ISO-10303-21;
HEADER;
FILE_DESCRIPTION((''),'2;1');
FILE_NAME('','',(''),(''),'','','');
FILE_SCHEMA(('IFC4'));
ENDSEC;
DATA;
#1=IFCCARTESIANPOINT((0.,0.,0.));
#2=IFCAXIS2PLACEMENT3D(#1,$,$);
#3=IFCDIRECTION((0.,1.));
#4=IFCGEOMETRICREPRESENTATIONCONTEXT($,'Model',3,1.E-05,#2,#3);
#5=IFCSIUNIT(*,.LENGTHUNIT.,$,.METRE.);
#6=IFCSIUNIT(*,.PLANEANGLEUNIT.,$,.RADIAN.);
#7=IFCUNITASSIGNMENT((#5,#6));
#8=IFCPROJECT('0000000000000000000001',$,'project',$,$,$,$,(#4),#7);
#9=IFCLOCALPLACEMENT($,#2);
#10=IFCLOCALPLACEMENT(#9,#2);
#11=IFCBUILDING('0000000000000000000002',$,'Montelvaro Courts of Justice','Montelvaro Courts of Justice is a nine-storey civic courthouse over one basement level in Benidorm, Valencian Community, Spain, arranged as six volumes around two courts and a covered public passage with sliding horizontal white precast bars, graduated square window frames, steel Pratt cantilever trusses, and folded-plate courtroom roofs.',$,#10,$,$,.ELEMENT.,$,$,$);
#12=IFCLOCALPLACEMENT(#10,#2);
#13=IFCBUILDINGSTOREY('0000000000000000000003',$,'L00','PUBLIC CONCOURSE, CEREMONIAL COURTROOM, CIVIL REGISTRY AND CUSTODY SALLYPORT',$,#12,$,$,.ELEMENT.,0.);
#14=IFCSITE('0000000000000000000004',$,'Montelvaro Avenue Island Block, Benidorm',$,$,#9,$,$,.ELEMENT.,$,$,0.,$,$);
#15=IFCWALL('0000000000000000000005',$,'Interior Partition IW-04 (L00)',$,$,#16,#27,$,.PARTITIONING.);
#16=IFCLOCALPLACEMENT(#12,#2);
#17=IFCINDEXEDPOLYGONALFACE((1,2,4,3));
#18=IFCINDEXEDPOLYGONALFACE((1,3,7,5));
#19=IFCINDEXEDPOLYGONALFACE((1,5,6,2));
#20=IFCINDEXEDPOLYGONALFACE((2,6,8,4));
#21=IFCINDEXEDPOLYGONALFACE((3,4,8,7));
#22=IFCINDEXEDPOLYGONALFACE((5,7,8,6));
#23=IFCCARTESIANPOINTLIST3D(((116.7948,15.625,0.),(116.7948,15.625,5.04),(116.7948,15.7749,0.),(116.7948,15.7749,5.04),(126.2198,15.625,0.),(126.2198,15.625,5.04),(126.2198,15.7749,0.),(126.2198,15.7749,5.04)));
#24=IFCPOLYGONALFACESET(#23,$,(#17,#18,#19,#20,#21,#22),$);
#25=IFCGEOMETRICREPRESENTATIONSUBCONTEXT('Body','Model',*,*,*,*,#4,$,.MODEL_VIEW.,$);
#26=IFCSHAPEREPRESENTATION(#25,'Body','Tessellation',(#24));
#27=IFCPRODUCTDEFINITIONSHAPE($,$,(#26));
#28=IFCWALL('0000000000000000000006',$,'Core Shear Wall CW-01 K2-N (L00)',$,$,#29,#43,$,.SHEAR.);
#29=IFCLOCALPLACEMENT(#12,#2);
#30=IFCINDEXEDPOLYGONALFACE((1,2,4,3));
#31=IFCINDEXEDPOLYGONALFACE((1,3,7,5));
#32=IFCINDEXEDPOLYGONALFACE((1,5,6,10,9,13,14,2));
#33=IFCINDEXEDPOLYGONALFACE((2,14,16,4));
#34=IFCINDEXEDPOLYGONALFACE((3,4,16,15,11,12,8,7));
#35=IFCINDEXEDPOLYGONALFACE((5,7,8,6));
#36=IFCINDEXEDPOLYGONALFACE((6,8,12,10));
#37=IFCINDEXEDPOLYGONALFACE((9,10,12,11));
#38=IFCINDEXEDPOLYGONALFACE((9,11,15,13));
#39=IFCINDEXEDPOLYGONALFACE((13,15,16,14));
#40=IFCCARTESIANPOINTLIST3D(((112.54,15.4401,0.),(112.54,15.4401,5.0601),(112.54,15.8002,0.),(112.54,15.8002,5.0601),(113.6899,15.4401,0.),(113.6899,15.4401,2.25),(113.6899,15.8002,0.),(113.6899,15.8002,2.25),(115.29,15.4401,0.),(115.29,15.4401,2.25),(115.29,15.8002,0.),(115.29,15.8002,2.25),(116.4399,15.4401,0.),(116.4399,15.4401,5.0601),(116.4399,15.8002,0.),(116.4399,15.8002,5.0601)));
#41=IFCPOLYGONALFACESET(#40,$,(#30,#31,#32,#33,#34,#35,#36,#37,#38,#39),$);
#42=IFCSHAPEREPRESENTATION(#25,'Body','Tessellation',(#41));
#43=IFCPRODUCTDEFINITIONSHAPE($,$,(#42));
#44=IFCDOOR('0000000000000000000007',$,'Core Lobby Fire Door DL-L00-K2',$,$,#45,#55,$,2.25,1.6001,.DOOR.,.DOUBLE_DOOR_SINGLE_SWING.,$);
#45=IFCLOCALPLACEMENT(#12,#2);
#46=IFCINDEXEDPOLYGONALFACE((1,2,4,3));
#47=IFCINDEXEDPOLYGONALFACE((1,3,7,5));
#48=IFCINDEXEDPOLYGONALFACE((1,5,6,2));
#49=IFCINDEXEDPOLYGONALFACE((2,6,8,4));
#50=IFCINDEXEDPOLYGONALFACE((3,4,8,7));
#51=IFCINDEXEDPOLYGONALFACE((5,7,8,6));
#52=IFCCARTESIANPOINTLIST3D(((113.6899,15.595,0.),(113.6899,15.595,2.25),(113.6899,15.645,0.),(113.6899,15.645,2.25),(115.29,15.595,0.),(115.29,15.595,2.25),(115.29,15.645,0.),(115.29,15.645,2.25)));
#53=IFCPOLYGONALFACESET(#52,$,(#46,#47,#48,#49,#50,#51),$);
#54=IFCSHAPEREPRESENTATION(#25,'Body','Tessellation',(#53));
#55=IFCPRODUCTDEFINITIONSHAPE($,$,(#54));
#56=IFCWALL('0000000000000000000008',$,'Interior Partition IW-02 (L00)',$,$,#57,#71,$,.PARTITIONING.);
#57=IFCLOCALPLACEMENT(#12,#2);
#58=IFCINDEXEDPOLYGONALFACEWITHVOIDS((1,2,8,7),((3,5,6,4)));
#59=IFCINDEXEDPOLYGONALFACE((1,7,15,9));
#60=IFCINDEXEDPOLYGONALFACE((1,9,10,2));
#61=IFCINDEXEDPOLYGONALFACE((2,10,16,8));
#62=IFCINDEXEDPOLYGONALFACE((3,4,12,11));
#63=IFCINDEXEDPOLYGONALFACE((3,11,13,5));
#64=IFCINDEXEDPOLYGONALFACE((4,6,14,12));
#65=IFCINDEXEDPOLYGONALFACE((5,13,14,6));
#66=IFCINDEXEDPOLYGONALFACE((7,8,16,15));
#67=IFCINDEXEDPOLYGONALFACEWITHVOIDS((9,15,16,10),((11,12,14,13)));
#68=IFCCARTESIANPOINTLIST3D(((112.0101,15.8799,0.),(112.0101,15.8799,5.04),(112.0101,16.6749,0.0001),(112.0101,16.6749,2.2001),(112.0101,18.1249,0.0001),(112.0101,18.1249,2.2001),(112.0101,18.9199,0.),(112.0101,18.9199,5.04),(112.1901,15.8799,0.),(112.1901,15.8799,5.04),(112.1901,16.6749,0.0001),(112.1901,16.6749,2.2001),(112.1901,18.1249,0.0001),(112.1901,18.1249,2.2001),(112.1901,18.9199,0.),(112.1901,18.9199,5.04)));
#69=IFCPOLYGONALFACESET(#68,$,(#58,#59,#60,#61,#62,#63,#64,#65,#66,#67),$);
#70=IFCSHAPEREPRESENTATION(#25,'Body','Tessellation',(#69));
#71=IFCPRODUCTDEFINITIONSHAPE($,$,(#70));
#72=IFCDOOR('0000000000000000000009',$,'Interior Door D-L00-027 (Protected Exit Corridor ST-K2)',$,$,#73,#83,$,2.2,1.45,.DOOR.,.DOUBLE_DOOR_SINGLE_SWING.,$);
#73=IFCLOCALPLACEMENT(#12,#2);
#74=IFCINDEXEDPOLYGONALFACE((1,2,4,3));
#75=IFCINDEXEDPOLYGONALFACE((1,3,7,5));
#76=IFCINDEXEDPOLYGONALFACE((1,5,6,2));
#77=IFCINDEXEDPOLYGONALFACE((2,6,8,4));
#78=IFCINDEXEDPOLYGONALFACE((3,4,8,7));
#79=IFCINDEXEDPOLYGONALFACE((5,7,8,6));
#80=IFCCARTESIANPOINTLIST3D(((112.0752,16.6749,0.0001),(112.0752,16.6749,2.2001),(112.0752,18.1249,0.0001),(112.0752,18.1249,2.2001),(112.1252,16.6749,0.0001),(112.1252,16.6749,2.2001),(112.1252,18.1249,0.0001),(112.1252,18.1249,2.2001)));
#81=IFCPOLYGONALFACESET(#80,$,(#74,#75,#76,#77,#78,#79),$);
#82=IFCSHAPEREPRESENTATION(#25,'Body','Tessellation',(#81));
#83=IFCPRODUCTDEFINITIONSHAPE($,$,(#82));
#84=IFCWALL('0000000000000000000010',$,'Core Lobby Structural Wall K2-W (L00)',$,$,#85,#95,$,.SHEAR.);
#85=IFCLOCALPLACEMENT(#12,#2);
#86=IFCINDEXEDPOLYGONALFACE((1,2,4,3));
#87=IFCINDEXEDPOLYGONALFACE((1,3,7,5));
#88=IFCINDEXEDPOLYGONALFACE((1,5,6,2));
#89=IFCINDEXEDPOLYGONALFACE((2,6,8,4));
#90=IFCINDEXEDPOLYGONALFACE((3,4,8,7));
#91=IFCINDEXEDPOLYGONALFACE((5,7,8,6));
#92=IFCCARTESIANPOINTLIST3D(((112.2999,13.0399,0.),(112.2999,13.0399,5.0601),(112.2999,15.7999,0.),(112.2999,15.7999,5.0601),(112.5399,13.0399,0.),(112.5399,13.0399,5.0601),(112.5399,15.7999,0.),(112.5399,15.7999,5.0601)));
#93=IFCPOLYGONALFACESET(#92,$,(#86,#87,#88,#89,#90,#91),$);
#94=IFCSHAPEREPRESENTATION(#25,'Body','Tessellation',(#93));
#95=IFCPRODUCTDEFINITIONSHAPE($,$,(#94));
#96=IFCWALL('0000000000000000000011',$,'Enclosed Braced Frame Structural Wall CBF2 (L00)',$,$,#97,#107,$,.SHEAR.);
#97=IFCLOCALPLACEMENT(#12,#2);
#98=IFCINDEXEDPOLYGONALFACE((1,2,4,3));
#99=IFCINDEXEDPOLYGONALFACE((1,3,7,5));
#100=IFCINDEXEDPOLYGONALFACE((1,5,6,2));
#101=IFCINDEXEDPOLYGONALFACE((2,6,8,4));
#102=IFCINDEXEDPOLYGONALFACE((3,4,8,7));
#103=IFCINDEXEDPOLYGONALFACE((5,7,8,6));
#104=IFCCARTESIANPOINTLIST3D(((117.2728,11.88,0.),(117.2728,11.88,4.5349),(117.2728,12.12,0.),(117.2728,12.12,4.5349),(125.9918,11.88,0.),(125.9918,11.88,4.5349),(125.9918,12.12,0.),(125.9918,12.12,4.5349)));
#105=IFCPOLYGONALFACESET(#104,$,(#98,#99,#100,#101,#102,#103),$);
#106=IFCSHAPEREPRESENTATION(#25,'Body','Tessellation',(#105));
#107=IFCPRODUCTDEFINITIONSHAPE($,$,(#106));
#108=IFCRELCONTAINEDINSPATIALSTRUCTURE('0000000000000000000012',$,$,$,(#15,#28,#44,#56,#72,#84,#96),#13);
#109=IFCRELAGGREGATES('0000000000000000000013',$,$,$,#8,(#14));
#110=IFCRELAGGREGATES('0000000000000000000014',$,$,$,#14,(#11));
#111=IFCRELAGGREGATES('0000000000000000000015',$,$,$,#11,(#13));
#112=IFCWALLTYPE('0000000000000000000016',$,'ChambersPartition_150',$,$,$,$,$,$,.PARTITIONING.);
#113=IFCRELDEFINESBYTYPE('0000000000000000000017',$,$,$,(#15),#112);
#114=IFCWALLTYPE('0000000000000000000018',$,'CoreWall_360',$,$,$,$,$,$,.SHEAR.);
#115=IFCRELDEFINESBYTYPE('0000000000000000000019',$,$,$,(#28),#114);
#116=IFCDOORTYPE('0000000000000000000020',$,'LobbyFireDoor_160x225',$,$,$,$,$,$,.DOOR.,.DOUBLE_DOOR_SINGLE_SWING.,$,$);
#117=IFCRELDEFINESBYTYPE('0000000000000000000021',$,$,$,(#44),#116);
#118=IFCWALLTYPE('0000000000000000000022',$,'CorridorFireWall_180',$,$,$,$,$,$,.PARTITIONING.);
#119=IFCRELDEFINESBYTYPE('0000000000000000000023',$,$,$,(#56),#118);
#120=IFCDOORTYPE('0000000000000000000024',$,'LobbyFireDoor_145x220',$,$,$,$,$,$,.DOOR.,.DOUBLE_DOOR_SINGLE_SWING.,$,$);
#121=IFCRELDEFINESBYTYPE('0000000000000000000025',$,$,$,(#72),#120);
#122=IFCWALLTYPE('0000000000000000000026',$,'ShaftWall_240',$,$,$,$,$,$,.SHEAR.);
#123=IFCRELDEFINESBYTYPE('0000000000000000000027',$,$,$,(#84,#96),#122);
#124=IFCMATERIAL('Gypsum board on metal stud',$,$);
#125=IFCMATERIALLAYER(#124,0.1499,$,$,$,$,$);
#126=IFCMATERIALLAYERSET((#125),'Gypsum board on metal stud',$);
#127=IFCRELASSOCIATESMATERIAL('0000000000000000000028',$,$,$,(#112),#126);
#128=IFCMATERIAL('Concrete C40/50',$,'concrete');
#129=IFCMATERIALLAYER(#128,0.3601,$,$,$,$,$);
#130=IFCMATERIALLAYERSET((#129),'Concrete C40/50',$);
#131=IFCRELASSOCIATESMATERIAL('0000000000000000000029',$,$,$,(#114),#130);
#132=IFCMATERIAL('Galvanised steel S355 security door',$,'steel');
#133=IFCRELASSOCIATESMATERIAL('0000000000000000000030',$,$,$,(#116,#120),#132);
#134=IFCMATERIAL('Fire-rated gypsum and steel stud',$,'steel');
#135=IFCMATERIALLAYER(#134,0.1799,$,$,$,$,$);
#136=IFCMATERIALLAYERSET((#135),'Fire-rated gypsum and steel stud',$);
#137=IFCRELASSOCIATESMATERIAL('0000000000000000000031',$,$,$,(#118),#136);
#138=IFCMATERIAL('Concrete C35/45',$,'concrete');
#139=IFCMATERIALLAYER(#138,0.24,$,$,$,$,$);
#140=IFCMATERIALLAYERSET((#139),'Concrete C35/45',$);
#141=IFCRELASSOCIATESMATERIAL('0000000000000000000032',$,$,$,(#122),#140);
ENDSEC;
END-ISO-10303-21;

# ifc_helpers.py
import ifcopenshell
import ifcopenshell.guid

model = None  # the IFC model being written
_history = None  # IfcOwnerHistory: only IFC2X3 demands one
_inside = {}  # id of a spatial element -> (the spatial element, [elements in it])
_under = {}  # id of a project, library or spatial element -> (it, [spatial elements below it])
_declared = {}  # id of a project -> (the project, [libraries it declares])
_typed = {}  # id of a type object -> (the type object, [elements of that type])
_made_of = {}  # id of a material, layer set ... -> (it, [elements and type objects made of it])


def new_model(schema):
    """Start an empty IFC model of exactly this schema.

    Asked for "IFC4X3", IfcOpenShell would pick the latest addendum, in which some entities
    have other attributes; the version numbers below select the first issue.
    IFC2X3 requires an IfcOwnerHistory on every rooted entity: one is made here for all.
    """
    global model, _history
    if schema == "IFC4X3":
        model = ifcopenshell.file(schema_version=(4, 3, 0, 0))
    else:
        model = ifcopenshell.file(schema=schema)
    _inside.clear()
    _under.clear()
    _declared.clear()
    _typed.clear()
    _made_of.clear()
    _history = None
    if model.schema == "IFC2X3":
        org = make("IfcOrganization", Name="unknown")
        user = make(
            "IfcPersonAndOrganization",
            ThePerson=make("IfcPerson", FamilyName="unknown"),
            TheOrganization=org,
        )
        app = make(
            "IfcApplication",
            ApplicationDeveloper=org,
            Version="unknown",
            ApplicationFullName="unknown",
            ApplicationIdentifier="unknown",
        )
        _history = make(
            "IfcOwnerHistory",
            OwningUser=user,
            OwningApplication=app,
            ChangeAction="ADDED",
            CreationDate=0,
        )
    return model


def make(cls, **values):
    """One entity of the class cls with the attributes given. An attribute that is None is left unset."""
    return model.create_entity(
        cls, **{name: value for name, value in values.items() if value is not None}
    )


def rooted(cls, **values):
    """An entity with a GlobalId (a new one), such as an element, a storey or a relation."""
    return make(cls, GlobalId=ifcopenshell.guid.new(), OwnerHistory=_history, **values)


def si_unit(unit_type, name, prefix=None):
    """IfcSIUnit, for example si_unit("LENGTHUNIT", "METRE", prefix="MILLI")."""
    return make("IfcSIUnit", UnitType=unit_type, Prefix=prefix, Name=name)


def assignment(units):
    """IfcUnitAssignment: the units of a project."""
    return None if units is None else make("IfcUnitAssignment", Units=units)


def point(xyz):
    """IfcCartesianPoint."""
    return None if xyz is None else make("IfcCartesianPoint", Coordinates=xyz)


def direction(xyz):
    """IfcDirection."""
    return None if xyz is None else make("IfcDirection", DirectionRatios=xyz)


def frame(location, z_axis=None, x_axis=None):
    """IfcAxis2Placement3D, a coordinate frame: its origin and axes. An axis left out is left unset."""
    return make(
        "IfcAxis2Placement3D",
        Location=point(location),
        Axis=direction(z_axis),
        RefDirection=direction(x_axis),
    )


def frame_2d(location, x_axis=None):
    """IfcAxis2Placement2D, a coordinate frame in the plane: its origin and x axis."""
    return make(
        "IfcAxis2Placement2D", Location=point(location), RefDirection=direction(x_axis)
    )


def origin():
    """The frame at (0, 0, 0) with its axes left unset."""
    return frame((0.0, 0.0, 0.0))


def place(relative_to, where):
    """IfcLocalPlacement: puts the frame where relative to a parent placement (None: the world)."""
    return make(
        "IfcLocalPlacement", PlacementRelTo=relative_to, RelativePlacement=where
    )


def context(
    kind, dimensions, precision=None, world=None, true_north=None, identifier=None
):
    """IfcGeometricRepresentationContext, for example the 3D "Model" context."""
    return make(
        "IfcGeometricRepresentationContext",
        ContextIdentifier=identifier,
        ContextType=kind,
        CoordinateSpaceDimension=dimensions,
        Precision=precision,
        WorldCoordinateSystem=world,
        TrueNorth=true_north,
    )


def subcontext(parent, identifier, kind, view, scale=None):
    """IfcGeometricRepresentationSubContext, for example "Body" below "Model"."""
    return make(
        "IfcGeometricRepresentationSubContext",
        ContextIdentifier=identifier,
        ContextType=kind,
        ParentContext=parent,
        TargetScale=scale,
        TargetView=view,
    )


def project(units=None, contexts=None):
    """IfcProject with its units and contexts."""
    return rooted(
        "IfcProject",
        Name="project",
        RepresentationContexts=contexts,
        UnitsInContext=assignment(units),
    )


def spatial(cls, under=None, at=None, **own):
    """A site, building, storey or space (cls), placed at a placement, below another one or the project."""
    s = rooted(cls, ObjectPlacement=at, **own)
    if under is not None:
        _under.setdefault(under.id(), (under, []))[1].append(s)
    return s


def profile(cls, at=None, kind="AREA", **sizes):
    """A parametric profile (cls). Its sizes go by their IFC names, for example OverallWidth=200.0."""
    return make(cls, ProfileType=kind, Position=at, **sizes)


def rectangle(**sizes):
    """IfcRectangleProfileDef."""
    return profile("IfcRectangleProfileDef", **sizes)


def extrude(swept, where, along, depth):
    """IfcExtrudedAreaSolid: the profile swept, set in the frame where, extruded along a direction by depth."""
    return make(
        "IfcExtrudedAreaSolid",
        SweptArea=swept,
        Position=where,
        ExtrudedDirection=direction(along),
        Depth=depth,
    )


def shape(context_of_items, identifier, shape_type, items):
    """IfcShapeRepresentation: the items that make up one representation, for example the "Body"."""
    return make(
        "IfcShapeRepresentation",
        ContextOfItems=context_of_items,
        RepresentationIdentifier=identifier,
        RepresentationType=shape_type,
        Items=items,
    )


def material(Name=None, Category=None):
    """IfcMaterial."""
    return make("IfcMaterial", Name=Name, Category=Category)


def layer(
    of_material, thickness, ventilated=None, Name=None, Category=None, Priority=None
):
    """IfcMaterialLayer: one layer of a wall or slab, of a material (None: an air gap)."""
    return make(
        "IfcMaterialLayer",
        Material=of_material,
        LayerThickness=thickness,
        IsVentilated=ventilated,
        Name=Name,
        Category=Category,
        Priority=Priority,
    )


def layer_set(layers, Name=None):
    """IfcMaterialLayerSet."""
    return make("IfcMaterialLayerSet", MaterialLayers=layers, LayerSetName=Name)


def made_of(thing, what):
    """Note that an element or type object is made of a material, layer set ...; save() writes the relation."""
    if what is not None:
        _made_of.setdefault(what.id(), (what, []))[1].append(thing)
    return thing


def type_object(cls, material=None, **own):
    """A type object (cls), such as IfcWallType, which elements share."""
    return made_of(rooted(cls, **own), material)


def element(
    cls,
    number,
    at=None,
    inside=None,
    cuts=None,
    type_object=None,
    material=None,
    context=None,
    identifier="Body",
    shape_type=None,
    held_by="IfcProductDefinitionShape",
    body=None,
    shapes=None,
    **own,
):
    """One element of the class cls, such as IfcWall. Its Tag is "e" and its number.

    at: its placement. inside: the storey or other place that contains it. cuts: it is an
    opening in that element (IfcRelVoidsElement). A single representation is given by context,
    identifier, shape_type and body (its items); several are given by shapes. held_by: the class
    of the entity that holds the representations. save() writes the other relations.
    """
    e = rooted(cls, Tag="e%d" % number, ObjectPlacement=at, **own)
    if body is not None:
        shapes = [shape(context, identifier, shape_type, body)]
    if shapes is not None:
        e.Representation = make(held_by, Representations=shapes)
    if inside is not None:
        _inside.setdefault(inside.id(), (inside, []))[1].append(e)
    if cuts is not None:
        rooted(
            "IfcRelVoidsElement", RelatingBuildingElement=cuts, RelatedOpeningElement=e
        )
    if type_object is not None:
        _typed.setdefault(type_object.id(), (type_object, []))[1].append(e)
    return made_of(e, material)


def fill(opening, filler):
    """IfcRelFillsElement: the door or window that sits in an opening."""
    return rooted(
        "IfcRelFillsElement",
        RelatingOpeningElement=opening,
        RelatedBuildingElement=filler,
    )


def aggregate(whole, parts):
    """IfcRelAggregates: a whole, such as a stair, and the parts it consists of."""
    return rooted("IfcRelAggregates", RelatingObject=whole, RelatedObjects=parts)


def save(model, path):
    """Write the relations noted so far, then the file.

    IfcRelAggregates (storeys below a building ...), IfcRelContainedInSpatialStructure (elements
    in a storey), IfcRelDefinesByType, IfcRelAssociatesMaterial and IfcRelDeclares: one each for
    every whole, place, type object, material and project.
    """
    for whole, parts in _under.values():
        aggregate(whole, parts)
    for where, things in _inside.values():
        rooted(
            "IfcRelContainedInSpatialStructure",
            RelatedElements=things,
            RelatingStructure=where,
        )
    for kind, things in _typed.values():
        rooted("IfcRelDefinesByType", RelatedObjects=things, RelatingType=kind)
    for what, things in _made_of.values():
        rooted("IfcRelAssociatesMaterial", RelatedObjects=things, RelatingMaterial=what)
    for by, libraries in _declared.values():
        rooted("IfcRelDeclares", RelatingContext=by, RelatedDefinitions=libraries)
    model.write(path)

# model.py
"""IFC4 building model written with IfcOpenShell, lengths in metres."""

from ifc_helpers import new_model, si_unit, direction, frame, frame_2d, origin, place, context, subcontext, project, spatial, rectangle, extrude, material, layer, layer_set, type_object, element, fill, save


model = new_model("IFC4")

# Units and contexts
model_context = context("Model", 3, precision=1e-05, world=origin(), true_north=direction((0.0, 1.0)))
body_context = subcontext(model_context, "Body", "Model", "MODEL_VIEW")
ifc_project = project(units=[si_unit("LENGTHUNIT", "METRE"), si_unit("PLANEANGLEUNIT", "RADIAN")], contexts=[model_context])

# Site, building, storey
site_placement = place(None, origin())
site = spatial("IfcSite", under=ifc_project, at=site_placement, Name="Montelvaro Avenue Island Block, Benidorm", CompositionType="ELEMENT", RefElevation=0.0)
building_placement = place(site_placement, origin())
building = spatial("IfcBuilding", under=site, at=building_placement, Name="Montelvaro Courts of Justice", Description="Montelvaro Courts of Justice is a nine-storey civic courthouse over one basement level in Benidorm, Valencian Community, Spain, arranged as six volumes around two courts and a covered public passage with sliding horizontal white precast bars, graduated square window frames, steel Pratt cantilever trusses, and folded-plate courtroom roofs.", CompositionType="ELEMENT")
storey_placement = place(building_placement, origin())
storey = spatial("IfcBuildingStorey", under=building, at=storey_placement, Name="L00", Description="PUBLIC CONCOURSE, CEREMONIAL COURTROOM, CIVIL REGISTRY AND CUSTODY SALLYPORT", CompositionType="ELEMENT", Elevation=0.0)

# Wall
ifc_material_1 = material(Name="Gypsum board on metal stud")
ifc_layer_1 = layer(ifc_material_1, 0.1499)
ifc_layer_set_1 = layer_set([ifc_layer_1], Name="Gypsum board on metal stud")
wall_type_1 = type_object("IfcWallType", Name="ChambersPartition_150", PredefinedType="PARTITIONING", material=ifc_layer_set_1)
wall_1_placement = place(storey_placement, frame((116.7949, 15.7, 0.0), z_axis=(0.0, 0.0, 1.0), x_axis=(1.0, 0.0, 0.0)))
element("IfcWall", 1, at=wall_1_placement, inside=storey, type_object=wall_type_1, Name="Interior Partition IW-04 (L00)", PredefinedType="PARTITIONING", context=body_context, shape_type="SweptSolid", body=[
    extrude(rectangle(XDim=9.425, YDim=0.1499, at=frame_2d((4.7124, 0.0))), origin(), (0.0, 0.0, 1.0), 5.04),
])

# Walls, openings, doors
ifc_material_2 = material(Name="Concrete C40/50", Category="concrete")
ifc_layer_2 = layer(ifc_material_2, 0.3601)
ifc_layer_set_2 = layer_set([ifc_layer_2], Name="Concrete C40/50")
wall_type_2 = type_object("IfcWallType", Name="CoreWall_360", PredefinedType="SHEAR", material=ifc_layer_set_2)
wall_2_placement = place(storey_placement, frame((112.54, 15.6201, 0.0), z_axis=(0.0, 0.0, 1.0), x_axis=(1.0, 0.0, 0.0)))
wall_2 = element("IfcWall", 2, at=wall_2_placement, inside=storey, type_object=wall_type_2, Name="Core Shear Wall CW-01 K2-N (L00)", PredefinedType="SHEAR", context=body_context, shape_type="SweptSolid", body=[
    extrude(rectangle(XDim=3.8999, YDim=0.3601, at=frame_2d((1.95, 0.0))), origin(), (0.0, 0.0, 1.0), 5.0601),
])
opening_1_placement = place(wall_2_placement, frame((1.1499, 0.0, 0.0)))
opening_1 = element("IfcOpeningElement", 3, at=opening_1_placement, cuts=wall_2, PredefinedType="OPENING", context=body_context, shape_type="SweptSolid", body=[
    extrude(rectangle(XDim=1.6001, YDim=2.25, at=frame_2d((0.8, 1.125))), frame((0.0, 0.1948, 0.0), z_axis=(0.0, -1.0, 0.0), x_axis=(1.0, 0.0, 0.0)), (0.0, 0.0, 1.0), 0.3899),
])
ifc_material_3 = material(Name="Galvanised steel S355 security door", Category="steel")
door_type_1 = type_object("IfcDoorType", Name="LobbyFireDoor_160x225", OperationType="DOUBLE_DOOR_SINGLE_SWING", PredefinedType="DOOR", material=ifc_material_3)
door_1_placement = place(opening_1_placement, origin())
door_1 = element("IfcDoor", 4, at=door_1_placement, inside=storey, type_object=door_type_1, Name="Core Lobby Fire Door DL-L00-K2", OperationType="DOUBLE_DOOR_SINGLE_SWING", OverallHeight=2.25, OverallWidth=1.6001, PredefinedType="DOOR", context=body_context, shape_type="SweptSolid", body=[
    extrude(rectangle(XDim=1.6001, YDim=2.25, at=frame_2d((0.8, 1.125))), frame((0.0, 0.0249, 0.0), z_axis=(0.0, -1.0, 0.0), x_axis=(1.0, 0.0, 0.0)), (0.0, 0.0, 1.0), 0.05),
])
fill(opening_1, door_1)
ifc_material_4 = material(Name="Fire-rated gypsum and steel stud", Category="steel")
ifc_layer_3 = layer(ifc_material_4, 0.1799)
ifc_layer_set_3 = layer_set([ifc_layer_3], Name="Fire-rated gypsum and steel stud")
wall_type_3 = type_object("IfcWallType", Name="CorridorFireWall_180", PredefinedType="PARTITIONING", material=ifc_layer_set_3)
wall_3_placement = place(storey_placement, frame((112.1001, 15.8799, 0.0), z_axis=(0.0, 0.0, 1.0), x_axis=(0.0, 1.0, 0.0)))
wall_3 = element("IfcWall", 5, at=wall_3_placement, inside=storey, type_object=wall_type_3, Name="Interior Partition IW-02 (L00)", PredefinedType="PARTITIONING", context=body_context, shape_type="SweptSolid", body=[
    extrude(rectangle(XDim=3.04, YDim=0.1799, at=frame_2d((1.52, 0.0))), origin(), (0.0, 0.0, 1.0), 5.04),
])
opening_2_placement = place(wall_3_placement, frame((0.7949, 0.0, 0.0)))
opening_2 = element("IfcOpeningElement", 6, at=opening_2_placement, cuts=wall_3, PredefinedType="OPENING", context=body_context, shape_type="SweptSolid", body=[
    extrude(rectangle(XDim=1.45, YDim=2.2, at=frame_2d((0.7251, 1.1001))), frame((0.0, 0.105, 0.0), z_axis=(0.0, -1.0, 0.0), x_axis=(1.0, 0.0, 0.0)), (0.0, 0.0, 1.0), 0.2097),
])
door_type_2 = type_object("IfcDoorType", Name="LobbyFireDoor_145x220", OperationType="DOUBLE_DOOR_SINGLE_SWING", PredefinedType="DOOR", material=ifc_material_3)
door_2_placement = place(opening_2_placement, origin())
door_2 = element("IfcDoor", 7, at=door_2_placement, inside=storey, type_object=door_type_2, Name="Interior Door D-L00-027 (Protected Exit Corridor ST-K2)", OperationType="DOUBLE_DOOR_SINGLE_SWING", OverallHeight=2.2, OverallWidth=1.45, PredefinedType="DOOR", context=body_context, shape_type="SweptSolid", body=[
    extrude(rectangle(XDim=1.45, YDim=2.2, at=frame_2d((0.7251, 1.1001))), frame((0.0, 0.0249, 0.0), z_axis=(0.0, -1.0, 0.0), x_axis=(1.0, 0.0, 0.0)), (0.0, 0.0, 1.0), 0.05),
])
fill(opening_2, door_2)

# Walls
ifc_material_5 = material(Name="Concrete C35/45", Category="concrete")
ifc_layer_4 = layer(ifc_material_5, 0.24)
ifc_layer_set_4 = layer_set([ifc_layer_4], Name="Concrete C35/45")
wall_type_4 = type_object("IfcWallType", Name="ShaftWall_240", PredefinedType="SHEAR", material=ifc_layer_set_4)
wall_4_placement = place(storey_placement, frame((112.4199, 13.04, 0.0), z_axis=(0.0, 0.0, 1.0), x_axis=(0.0, 1.0, 0.0)))
element("IfcWall", 8, at=wall_4_placement, inside=storey, type_object=wall_type_4, Name="Core Lobby Structural Wall K2-W (L00)", PredefinedType="SHEAR", context=body_context, shape_type="SweptSolid", body=[
    extrude(rectangle(XDim=2.76, YDim=0.24, at=frame_2d((1.3799, 0.0))), origin(), (0.0, 0.0, 1.0), 5.0601),
])
wall_5_placement = place(storey_placement, frame((117.2729, 12.0, 0.0), z_axis=(0.0, 0.0, 1.0), x_axis=(1.0, 0.0, 0.0)))
element("IfcWall", 9, at=wall_5_placement, inside=storey, type_object=wall_type_4, Name="Enclosed Braced Frame Structural Wall CBF2 (L00)", PredefinedType="SHEAR", context=body_context, shape_type="SweptSolid", body=[
    extrude(rectangle(XDim=8.719, YDim=0.24, at=frame_2d((4.3594, 0.0))), origin(), (0.0, 0.0, 1.0), 4.5349),
])

save(model, "model.ifc")
